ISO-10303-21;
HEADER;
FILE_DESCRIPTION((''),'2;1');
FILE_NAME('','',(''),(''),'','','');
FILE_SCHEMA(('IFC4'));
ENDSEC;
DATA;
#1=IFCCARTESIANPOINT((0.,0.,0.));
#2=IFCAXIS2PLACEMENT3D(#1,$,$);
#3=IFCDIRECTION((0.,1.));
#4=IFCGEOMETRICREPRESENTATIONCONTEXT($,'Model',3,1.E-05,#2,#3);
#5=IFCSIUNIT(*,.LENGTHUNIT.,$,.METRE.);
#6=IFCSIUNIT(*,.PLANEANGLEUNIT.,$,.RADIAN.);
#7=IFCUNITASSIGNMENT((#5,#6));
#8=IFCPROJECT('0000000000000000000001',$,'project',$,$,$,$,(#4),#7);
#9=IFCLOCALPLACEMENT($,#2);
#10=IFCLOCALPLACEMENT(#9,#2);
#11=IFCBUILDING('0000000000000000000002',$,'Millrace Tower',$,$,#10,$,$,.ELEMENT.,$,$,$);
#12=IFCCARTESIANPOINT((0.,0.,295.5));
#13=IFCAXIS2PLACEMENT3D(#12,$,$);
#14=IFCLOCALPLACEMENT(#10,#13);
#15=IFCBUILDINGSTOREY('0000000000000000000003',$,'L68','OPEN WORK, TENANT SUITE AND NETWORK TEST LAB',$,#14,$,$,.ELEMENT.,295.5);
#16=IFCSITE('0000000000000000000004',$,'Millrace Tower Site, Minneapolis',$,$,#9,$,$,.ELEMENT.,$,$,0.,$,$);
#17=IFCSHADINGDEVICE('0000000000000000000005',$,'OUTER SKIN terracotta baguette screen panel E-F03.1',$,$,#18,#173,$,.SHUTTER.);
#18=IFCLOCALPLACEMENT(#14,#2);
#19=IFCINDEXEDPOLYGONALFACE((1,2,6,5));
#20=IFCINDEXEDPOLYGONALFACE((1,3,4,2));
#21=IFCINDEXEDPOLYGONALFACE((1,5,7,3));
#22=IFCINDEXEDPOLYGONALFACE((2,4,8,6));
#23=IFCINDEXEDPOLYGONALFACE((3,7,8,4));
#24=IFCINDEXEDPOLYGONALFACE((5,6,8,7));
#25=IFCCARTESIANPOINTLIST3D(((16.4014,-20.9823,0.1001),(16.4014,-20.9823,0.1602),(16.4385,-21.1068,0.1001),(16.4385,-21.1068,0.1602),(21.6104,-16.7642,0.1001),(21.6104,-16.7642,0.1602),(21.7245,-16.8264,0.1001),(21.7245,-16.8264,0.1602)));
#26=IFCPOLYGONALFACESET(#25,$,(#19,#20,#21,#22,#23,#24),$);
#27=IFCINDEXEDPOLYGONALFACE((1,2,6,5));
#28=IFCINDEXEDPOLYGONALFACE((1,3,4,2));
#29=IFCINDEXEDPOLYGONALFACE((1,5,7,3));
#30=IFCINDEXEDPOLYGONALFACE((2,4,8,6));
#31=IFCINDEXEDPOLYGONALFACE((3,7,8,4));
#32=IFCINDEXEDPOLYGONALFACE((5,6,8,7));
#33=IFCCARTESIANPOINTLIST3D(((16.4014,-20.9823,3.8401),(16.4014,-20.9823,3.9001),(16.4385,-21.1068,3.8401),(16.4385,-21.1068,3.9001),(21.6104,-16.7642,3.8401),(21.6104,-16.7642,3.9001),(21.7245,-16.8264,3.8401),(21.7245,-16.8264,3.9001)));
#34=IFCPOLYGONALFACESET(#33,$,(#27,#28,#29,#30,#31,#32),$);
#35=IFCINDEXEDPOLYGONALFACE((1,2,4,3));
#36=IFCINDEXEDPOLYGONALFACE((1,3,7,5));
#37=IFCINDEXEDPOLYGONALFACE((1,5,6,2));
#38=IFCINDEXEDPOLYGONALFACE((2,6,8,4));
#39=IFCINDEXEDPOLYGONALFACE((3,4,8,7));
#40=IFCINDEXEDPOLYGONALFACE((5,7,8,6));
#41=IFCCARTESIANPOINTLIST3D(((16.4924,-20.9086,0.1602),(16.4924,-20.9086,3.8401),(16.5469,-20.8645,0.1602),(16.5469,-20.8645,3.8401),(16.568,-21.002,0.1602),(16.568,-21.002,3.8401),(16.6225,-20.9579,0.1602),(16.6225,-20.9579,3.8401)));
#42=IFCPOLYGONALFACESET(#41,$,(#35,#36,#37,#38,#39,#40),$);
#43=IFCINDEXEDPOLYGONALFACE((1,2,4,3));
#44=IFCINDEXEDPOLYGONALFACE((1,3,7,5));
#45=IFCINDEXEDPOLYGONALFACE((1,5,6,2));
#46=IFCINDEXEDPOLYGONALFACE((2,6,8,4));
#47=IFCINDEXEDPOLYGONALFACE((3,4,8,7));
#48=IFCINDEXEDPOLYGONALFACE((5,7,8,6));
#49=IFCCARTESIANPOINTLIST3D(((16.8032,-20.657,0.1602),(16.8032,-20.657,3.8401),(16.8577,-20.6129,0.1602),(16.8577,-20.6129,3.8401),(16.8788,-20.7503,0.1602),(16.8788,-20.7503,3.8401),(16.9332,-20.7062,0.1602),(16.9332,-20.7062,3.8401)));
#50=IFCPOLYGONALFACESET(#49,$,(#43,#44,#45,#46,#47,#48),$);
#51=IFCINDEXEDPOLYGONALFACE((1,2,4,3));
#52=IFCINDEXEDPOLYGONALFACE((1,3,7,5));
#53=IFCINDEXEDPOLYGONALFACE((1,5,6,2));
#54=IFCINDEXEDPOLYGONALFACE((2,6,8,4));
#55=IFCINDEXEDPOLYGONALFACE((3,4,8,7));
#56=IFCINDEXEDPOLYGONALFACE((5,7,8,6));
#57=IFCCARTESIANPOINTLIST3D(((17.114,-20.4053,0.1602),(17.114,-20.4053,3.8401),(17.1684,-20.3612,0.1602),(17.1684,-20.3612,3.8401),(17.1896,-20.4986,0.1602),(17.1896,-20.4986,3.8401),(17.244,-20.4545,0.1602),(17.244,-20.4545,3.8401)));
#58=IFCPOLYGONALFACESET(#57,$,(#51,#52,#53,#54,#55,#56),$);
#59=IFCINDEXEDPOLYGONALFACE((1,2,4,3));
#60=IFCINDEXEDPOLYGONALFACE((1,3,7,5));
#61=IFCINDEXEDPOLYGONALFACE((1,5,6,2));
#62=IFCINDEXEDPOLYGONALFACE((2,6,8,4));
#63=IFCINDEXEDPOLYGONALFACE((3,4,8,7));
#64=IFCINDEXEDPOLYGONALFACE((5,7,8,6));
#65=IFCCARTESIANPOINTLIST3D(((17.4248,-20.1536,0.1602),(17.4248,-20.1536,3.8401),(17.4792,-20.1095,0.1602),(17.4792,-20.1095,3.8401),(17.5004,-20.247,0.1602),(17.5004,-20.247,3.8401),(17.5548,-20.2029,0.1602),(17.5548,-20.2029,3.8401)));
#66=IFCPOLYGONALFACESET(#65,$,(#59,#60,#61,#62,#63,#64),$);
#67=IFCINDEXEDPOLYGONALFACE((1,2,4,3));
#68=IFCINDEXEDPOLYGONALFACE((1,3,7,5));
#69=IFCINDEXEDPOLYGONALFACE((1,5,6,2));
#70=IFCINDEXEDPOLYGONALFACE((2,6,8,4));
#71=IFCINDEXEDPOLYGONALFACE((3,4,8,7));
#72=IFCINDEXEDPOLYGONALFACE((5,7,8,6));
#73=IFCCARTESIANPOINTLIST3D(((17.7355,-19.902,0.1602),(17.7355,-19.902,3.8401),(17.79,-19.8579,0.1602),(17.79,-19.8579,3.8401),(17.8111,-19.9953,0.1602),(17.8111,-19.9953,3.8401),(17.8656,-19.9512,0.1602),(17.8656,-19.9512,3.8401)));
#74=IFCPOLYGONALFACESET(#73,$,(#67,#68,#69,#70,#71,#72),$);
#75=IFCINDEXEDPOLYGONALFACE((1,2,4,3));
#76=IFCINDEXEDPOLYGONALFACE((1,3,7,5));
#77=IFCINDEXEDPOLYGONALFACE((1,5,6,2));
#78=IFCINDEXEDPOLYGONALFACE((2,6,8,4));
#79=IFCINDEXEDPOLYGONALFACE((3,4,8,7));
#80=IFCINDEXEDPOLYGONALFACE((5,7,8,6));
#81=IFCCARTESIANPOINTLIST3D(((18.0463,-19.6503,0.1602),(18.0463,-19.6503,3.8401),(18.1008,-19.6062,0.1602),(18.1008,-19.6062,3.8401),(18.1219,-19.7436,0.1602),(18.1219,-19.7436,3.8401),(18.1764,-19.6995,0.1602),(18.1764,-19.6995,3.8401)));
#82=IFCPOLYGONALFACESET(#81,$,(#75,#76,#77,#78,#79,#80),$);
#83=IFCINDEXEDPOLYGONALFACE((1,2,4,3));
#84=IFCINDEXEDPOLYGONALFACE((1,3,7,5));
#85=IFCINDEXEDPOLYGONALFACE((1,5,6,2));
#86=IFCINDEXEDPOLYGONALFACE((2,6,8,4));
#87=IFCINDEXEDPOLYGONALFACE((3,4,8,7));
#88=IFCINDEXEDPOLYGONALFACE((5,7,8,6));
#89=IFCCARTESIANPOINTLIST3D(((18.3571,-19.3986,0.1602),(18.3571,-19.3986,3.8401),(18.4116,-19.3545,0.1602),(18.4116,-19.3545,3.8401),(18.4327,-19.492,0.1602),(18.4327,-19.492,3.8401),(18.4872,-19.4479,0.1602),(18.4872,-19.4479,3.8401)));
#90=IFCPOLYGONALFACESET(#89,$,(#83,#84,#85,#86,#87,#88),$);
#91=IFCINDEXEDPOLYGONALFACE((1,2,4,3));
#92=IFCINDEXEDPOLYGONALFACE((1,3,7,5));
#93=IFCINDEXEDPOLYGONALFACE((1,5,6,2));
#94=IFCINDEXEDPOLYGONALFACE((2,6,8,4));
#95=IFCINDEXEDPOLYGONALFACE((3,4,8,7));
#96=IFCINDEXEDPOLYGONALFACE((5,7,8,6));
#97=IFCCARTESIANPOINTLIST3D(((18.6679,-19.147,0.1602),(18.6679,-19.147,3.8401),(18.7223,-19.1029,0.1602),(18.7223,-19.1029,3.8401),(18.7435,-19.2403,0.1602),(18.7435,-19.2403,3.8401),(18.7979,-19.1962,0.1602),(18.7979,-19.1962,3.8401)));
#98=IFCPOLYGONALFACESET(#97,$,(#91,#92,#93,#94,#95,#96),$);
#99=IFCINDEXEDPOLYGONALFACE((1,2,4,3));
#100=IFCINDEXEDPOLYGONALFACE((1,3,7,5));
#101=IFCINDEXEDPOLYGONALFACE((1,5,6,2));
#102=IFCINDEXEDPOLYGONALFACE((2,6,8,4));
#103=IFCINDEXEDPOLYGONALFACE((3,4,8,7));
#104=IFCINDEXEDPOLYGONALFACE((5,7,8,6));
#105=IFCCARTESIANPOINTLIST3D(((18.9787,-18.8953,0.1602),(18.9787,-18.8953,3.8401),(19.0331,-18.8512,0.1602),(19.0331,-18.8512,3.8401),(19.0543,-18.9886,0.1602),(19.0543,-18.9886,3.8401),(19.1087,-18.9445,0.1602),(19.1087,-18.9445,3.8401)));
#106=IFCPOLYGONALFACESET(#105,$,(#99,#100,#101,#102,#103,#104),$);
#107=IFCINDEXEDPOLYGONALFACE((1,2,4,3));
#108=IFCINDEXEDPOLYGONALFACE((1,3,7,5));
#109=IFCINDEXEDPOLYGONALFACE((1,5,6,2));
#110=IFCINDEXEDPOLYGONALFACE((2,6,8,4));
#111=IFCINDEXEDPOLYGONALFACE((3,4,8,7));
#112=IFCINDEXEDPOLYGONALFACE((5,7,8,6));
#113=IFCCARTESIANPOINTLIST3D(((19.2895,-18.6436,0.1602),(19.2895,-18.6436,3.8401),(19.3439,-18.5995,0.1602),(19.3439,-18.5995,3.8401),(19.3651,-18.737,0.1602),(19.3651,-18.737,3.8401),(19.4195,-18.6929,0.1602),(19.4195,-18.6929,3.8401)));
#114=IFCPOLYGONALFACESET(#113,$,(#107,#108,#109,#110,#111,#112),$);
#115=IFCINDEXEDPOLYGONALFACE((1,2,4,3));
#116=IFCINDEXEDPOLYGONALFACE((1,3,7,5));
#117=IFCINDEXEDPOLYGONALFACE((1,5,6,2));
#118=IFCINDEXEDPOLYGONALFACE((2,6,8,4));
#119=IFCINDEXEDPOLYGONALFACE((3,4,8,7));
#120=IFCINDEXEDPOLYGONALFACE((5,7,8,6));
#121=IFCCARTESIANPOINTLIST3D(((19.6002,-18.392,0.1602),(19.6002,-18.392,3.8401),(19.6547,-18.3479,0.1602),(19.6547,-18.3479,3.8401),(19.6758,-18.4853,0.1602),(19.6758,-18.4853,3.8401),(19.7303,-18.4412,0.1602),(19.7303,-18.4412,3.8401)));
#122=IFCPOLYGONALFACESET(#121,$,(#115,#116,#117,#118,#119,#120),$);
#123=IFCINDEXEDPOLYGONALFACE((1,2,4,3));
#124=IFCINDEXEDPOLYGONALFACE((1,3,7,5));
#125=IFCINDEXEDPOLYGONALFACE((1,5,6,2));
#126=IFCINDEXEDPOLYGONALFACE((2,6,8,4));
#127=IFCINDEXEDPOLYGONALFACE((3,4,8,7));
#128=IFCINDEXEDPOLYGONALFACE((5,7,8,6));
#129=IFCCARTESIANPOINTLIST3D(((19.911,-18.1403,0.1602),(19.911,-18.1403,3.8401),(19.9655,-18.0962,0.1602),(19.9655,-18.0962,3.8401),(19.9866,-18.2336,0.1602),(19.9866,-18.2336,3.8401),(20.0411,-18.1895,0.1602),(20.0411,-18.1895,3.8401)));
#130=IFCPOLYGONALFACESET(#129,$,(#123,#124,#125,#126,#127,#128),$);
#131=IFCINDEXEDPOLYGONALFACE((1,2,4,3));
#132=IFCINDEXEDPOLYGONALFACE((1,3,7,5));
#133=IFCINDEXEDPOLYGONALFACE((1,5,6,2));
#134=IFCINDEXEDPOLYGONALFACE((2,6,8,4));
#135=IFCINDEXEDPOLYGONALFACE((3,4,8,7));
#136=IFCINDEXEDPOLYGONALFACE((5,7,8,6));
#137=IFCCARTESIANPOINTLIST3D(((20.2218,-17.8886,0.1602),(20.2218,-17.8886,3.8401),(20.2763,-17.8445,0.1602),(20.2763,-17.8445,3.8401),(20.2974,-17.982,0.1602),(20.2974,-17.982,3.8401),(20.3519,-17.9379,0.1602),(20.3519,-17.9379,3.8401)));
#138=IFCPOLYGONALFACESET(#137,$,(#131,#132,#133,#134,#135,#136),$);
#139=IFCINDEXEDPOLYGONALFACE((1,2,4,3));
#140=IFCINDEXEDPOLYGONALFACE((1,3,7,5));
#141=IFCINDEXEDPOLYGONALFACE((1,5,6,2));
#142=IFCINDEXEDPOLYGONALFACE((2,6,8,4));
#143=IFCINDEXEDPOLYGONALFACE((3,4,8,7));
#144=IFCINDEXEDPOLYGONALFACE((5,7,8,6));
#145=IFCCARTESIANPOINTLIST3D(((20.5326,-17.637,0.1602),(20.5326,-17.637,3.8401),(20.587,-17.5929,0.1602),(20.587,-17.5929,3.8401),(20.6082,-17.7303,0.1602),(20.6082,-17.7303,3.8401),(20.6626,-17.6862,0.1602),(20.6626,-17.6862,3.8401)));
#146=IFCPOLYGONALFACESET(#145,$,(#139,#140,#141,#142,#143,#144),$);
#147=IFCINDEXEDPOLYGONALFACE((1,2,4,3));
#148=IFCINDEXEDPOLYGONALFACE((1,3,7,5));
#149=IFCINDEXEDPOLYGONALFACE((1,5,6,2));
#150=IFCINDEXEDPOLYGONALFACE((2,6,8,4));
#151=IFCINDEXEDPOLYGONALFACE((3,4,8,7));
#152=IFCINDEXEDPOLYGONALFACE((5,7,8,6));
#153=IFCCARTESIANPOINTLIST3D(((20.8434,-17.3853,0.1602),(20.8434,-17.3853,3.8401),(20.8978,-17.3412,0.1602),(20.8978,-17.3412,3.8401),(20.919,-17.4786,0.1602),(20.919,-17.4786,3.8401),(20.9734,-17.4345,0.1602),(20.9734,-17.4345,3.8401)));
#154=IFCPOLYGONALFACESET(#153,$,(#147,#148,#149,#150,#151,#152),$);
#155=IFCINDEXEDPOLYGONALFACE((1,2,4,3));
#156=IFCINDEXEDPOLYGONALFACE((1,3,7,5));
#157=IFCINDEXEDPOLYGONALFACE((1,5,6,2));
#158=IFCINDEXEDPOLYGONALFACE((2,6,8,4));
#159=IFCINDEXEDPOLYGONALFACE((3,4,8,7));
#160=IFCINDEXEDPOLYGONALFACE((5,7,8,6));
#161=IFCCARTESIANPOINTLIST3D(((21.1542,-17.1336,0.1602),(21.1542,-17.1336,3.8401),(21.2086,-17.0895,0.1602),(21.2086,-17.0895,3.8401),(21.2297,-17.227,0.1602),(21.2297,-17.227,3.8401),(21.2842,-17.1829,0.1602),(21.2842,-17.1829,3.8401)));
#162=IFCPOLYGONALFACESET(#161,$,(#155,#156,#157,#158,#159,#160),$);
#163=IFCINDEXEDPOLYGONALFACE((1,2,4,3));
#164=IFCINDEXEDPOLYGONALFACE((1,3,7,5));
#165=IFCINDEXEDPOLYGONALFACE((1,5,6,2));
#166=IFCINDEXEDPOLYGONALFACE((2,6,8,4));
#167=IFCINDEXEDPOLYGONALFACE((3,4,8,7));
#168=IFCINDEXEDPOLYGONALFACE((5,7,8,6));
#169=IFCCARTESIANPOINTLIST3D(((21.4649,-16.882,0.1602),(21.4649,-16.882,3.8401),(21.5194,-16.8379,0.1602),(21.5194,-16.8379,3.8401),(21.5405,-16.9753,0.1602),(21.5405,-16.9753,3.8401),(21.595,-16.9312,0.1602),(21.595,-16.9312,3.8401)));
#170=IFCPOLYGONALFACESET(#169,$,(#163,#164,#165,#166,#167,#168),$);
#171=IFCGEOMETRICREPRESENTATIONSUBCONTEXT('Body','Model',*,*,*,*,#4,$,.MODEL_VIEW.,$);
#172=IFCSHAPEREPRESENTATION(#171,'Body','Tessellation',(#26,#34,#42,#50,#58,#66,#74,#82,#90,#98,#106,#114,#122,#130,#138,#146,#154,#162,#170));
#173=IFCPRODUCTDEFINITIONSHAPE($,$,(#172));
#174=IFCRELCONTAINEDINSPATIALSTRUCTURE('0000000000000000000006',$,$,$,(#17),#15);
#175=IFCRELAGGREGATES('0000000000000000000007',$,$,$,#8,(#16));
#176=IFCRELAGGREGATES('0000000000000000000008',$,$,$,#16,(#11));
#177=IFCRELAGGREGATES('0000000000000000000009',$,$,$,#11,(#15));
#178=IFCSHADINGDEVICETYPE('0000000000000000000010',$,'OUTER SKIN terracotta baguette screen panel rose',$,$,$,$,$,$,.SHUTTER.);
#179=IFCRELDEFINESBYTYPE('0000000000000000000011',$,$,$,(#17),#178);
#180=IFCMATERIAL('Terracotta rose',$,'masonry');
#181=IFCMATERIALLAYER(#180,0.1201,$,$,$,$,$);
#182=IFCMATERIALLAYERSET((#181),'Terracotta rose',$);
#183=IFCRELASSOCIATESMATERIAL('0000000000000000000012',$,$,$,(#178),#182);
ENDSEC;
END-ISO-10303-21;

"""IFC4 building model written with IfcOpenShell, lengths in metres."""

from ifc_helpers import new_model, entity, si_unit, direction, frame, frame_2d, origin, origin_2d, place, context, subcontext, project, spatial, rectangle, extrude, source, transform, mapped, material, layer, layer_set, type_object, element, save


model = new_model("IFC4")

# Units and contexts
model_context = context("Model", 3, precision=1e-05, world=origin(), true_north=direction((0.0, 1.0)))
body_context = subcontext(model_context, "Body", "Model", "MODEL_VIEW")
ifc_project = project(units=[si_unit("LENGTHUNIT", "METRE"), si_unit("PLANEANGLEUNIT", "RADIAN")], contexts=[model_context])

# Site, building, storey
site_placement = place(None, origin())
site = spatial("IfcSite", under=ifc_project, at=site_placement, Name="Millrace Tower Site, Minneapolis", CompositionType="ELEMENT", RefElevation=0.0)
building_placement = place(site_placement, origin())
building = spatial("IfcBuilding", under=site, at=building_placement, Name="Millrace Tower", CompositionType="ELEMENT")
storey_placement = place(building_placement, frame((0.0, 0.0, 295.5)))
storey = spatial("IfcBuildingStorey", under=building, at=storey_placement, Name="L68", Description="OPEN WORK, TENANT SUITE AND NETWORK TEST LAB", CompositionType="ELEMENT", Elevation=295.5)

# Shading device
ifc_material_1 = material(Name="Terracotta rose", Category="masonry")
ifc_layer_1 = layer(ifc_material_1, 0.1201)
ifc_layer_set_1 = layer_set([ifc_layer_1], Name="Terracotta rose")
shading_device_type = type_object("IfcShadingDeviceType", Name="OUTER SKIN terracotta baguette screen panel rose", PredefinedType="SHUTTER", material=ifc_layer_set_1)
cartesian_point_1 = entity("IfcCartesianPoint", [-3.3513, 0.0601])
shared_polyline_1 = entity("IfcPolyline", [cartesian_point_1, entity("IfcCartesianPoint", [3.3513, 0.0601]), entity("IfcCartesianPoint", [3.4009, -0.0601]), entity("IfcCartesianPoint", [-3.4009, -0.0601]), cartesian_point_1])
shared_shape_1 = source(origin(), body_context, "Body", "SweptSolid", [
    entity("IfcExtrudedAreaSolid", entity("IfcArbitraryClosedProfileDef", "AREA", None, shared_polyline_1), entity("IfcAxis2Placement3D", entity("IfcCartesianPoint", [0.0, 0.0, 0.0])), entity("IfcDirection", [0.0, 0.0, 1.0]), 0.0601),
    entity("IfcExtrudedAreaSolid", entity("IfcArbitraryClosedProfileDef", "AREA", None, shared_polyline_1), entity("IfcAxis2Placement3D", entity("IfcCartesianPoint", [0.0, 0.0, 3.74])), entity("IfcDirection", [0.0, 0.0, 1.0]), 0.0601),
    extrude(rectangle(XDim=0.0701, YDim=0.1201, at=frame_2d((-3.1992, 0.0))), frame((0.0, 0.0, 0.0601)), (0.0, 0.0, 1.0), 3.6799),
    extrude(rectangle(XDim=0.0701, YDim=0.1201, at=frame_2d((-2.7993, 0.0))), frame((0.0, 0.0, 0.0601)), (0.0, 0.0, 1.0), 3.6799),
    extrude(rectangle(XDim=0.0701, YDim=0.1201, at=frame_2d((-2.3994, 0.0))), frame((0.0, 0.0, 0.0601)), (0.0, 0.0, 1.0), 3.6799),
    extrude(rectangle(XDim=0.0701, YDim=0.1201, at=frame_2d((-1.9995, 0.0))), frame((0.0, 0.0, 0.0601)), (0.0, 0.0, 1.0), 3.6799),
    extrude(rectangle(XDim=0.0701, YDim=0.1201, at=frame_2d((-1.5996, 0.0))), frame((0.0, 0.0, 0.0601)), (0.0, 0.0, 1.0), 3.6799),
    extrude(rectangle(XDim=0.0701, YDim=0.1201, at=frame_2d((-1.1997, 0.0))), frame((0.0, 0.0, 0.0601)), (0.0, 0.0, 1.0), 3.6799),
    extrude(rectangle(XDim=0.0701, YDim=0.1201, at=frame_2d((-0.7998, 0.0))), frame((0.0, 0.0, 0.0601)), (0.0, 0.0, 1.0), 3.6799),
    extrude(rectangle(XDim=0.0701, YDim=0.1201, at=frame_2d((-0.3999, 0.0))), frame((0.0, 0.0, 0.0601)), (0.0, 0.0, 1.0), 3.6799),
    extrude(rectangle(XDim=0.0701, YDim=0.1201, at=origin_2d()), frame((0.0, 0.0, 0.0601)), (0.0, 0.0, 1.0), 3.6799),
    extrude(rectangle(XDim=0.0701, YDim=0.1201, at=frame_2d((0.3999, 0.0))), frame((0.0, 0.0, 0.0601)), (0.0, 0.0, 1.0), 3.6799),
    extrude(rectangle(XDim=0.0701, YDim=0.1201, at=frame_2d((0.7998, 0.0))), frame((0.0, 0.0, 0.0601)), (0.0, 0.0, 1.0), 3.6799),
    extrude(rectangle(XDim=0.0701, YDim=0.1201, at=frame_2d((1.1997, 0.0))), frame((0.0, 0.0, 0.0601)), (0.0, 0.0, 1.0), 3.6799),
    extrude(rectangle(XDim=0.0701, YDim=0.1201, at=frame_2d((1.5996, 0.0))), frame((0.0, 0.0, 0.0601)), (0.0, 0.0, 1.0), 3.6799),
    extrude(rectangle(XDim=0.0701, YDim=0.1201, at=frame_2d((1.9995, 0.0))), frame((0.0, 0.0, 0.0601)), (0.0, 0.0, 1.0), 3.6799),
    extrude(rectangle(XDim=0.0701, YDim=0.1201, at=frame_2d((2.3994, 0.0))), frame((0.0, 0.0, 0.0601)), (0.0, 0.0, 1.0), 3.6799),
    extrude(rectangle(XDim=0.0701, YDim=0.1201, at=frame_2d((2.7993, 0.0))), frame((0.0, 0.0, 0.0601)), (0.0, 0.0, 1.0), 3.6799),
    extrude(rectangle(XDim=0.0701, YDim=0.1201, at=frame_2d((3.1992, 0.0))), frame((0.0, 0.0, 0.0601)), (0.0, 0.0, 1.0), 3.6799),
])
shading_device_1_placement = place(storey_placement, frame((19.0437, -18.9199, 0.1001), z_axis=(0.0, 0.0, 1.0), x_axis=(0.777146, 0.62932, 0.0)))
element("IfcShadingDevice", 1, at=shading_device_1_placement, inside=storey, type_object=shading_device_type, Name="OUTER SKIN terracotta baguette screen panel E-F03.1", PredefinedType="SHUTTER", context=body_context, shape_type="MappedRepresentation", body=[
    mapped(shared_shape_1, transform((0.0, 0.0, 0.0), scale=1.0)),
])

save(model, "model.ifc")
